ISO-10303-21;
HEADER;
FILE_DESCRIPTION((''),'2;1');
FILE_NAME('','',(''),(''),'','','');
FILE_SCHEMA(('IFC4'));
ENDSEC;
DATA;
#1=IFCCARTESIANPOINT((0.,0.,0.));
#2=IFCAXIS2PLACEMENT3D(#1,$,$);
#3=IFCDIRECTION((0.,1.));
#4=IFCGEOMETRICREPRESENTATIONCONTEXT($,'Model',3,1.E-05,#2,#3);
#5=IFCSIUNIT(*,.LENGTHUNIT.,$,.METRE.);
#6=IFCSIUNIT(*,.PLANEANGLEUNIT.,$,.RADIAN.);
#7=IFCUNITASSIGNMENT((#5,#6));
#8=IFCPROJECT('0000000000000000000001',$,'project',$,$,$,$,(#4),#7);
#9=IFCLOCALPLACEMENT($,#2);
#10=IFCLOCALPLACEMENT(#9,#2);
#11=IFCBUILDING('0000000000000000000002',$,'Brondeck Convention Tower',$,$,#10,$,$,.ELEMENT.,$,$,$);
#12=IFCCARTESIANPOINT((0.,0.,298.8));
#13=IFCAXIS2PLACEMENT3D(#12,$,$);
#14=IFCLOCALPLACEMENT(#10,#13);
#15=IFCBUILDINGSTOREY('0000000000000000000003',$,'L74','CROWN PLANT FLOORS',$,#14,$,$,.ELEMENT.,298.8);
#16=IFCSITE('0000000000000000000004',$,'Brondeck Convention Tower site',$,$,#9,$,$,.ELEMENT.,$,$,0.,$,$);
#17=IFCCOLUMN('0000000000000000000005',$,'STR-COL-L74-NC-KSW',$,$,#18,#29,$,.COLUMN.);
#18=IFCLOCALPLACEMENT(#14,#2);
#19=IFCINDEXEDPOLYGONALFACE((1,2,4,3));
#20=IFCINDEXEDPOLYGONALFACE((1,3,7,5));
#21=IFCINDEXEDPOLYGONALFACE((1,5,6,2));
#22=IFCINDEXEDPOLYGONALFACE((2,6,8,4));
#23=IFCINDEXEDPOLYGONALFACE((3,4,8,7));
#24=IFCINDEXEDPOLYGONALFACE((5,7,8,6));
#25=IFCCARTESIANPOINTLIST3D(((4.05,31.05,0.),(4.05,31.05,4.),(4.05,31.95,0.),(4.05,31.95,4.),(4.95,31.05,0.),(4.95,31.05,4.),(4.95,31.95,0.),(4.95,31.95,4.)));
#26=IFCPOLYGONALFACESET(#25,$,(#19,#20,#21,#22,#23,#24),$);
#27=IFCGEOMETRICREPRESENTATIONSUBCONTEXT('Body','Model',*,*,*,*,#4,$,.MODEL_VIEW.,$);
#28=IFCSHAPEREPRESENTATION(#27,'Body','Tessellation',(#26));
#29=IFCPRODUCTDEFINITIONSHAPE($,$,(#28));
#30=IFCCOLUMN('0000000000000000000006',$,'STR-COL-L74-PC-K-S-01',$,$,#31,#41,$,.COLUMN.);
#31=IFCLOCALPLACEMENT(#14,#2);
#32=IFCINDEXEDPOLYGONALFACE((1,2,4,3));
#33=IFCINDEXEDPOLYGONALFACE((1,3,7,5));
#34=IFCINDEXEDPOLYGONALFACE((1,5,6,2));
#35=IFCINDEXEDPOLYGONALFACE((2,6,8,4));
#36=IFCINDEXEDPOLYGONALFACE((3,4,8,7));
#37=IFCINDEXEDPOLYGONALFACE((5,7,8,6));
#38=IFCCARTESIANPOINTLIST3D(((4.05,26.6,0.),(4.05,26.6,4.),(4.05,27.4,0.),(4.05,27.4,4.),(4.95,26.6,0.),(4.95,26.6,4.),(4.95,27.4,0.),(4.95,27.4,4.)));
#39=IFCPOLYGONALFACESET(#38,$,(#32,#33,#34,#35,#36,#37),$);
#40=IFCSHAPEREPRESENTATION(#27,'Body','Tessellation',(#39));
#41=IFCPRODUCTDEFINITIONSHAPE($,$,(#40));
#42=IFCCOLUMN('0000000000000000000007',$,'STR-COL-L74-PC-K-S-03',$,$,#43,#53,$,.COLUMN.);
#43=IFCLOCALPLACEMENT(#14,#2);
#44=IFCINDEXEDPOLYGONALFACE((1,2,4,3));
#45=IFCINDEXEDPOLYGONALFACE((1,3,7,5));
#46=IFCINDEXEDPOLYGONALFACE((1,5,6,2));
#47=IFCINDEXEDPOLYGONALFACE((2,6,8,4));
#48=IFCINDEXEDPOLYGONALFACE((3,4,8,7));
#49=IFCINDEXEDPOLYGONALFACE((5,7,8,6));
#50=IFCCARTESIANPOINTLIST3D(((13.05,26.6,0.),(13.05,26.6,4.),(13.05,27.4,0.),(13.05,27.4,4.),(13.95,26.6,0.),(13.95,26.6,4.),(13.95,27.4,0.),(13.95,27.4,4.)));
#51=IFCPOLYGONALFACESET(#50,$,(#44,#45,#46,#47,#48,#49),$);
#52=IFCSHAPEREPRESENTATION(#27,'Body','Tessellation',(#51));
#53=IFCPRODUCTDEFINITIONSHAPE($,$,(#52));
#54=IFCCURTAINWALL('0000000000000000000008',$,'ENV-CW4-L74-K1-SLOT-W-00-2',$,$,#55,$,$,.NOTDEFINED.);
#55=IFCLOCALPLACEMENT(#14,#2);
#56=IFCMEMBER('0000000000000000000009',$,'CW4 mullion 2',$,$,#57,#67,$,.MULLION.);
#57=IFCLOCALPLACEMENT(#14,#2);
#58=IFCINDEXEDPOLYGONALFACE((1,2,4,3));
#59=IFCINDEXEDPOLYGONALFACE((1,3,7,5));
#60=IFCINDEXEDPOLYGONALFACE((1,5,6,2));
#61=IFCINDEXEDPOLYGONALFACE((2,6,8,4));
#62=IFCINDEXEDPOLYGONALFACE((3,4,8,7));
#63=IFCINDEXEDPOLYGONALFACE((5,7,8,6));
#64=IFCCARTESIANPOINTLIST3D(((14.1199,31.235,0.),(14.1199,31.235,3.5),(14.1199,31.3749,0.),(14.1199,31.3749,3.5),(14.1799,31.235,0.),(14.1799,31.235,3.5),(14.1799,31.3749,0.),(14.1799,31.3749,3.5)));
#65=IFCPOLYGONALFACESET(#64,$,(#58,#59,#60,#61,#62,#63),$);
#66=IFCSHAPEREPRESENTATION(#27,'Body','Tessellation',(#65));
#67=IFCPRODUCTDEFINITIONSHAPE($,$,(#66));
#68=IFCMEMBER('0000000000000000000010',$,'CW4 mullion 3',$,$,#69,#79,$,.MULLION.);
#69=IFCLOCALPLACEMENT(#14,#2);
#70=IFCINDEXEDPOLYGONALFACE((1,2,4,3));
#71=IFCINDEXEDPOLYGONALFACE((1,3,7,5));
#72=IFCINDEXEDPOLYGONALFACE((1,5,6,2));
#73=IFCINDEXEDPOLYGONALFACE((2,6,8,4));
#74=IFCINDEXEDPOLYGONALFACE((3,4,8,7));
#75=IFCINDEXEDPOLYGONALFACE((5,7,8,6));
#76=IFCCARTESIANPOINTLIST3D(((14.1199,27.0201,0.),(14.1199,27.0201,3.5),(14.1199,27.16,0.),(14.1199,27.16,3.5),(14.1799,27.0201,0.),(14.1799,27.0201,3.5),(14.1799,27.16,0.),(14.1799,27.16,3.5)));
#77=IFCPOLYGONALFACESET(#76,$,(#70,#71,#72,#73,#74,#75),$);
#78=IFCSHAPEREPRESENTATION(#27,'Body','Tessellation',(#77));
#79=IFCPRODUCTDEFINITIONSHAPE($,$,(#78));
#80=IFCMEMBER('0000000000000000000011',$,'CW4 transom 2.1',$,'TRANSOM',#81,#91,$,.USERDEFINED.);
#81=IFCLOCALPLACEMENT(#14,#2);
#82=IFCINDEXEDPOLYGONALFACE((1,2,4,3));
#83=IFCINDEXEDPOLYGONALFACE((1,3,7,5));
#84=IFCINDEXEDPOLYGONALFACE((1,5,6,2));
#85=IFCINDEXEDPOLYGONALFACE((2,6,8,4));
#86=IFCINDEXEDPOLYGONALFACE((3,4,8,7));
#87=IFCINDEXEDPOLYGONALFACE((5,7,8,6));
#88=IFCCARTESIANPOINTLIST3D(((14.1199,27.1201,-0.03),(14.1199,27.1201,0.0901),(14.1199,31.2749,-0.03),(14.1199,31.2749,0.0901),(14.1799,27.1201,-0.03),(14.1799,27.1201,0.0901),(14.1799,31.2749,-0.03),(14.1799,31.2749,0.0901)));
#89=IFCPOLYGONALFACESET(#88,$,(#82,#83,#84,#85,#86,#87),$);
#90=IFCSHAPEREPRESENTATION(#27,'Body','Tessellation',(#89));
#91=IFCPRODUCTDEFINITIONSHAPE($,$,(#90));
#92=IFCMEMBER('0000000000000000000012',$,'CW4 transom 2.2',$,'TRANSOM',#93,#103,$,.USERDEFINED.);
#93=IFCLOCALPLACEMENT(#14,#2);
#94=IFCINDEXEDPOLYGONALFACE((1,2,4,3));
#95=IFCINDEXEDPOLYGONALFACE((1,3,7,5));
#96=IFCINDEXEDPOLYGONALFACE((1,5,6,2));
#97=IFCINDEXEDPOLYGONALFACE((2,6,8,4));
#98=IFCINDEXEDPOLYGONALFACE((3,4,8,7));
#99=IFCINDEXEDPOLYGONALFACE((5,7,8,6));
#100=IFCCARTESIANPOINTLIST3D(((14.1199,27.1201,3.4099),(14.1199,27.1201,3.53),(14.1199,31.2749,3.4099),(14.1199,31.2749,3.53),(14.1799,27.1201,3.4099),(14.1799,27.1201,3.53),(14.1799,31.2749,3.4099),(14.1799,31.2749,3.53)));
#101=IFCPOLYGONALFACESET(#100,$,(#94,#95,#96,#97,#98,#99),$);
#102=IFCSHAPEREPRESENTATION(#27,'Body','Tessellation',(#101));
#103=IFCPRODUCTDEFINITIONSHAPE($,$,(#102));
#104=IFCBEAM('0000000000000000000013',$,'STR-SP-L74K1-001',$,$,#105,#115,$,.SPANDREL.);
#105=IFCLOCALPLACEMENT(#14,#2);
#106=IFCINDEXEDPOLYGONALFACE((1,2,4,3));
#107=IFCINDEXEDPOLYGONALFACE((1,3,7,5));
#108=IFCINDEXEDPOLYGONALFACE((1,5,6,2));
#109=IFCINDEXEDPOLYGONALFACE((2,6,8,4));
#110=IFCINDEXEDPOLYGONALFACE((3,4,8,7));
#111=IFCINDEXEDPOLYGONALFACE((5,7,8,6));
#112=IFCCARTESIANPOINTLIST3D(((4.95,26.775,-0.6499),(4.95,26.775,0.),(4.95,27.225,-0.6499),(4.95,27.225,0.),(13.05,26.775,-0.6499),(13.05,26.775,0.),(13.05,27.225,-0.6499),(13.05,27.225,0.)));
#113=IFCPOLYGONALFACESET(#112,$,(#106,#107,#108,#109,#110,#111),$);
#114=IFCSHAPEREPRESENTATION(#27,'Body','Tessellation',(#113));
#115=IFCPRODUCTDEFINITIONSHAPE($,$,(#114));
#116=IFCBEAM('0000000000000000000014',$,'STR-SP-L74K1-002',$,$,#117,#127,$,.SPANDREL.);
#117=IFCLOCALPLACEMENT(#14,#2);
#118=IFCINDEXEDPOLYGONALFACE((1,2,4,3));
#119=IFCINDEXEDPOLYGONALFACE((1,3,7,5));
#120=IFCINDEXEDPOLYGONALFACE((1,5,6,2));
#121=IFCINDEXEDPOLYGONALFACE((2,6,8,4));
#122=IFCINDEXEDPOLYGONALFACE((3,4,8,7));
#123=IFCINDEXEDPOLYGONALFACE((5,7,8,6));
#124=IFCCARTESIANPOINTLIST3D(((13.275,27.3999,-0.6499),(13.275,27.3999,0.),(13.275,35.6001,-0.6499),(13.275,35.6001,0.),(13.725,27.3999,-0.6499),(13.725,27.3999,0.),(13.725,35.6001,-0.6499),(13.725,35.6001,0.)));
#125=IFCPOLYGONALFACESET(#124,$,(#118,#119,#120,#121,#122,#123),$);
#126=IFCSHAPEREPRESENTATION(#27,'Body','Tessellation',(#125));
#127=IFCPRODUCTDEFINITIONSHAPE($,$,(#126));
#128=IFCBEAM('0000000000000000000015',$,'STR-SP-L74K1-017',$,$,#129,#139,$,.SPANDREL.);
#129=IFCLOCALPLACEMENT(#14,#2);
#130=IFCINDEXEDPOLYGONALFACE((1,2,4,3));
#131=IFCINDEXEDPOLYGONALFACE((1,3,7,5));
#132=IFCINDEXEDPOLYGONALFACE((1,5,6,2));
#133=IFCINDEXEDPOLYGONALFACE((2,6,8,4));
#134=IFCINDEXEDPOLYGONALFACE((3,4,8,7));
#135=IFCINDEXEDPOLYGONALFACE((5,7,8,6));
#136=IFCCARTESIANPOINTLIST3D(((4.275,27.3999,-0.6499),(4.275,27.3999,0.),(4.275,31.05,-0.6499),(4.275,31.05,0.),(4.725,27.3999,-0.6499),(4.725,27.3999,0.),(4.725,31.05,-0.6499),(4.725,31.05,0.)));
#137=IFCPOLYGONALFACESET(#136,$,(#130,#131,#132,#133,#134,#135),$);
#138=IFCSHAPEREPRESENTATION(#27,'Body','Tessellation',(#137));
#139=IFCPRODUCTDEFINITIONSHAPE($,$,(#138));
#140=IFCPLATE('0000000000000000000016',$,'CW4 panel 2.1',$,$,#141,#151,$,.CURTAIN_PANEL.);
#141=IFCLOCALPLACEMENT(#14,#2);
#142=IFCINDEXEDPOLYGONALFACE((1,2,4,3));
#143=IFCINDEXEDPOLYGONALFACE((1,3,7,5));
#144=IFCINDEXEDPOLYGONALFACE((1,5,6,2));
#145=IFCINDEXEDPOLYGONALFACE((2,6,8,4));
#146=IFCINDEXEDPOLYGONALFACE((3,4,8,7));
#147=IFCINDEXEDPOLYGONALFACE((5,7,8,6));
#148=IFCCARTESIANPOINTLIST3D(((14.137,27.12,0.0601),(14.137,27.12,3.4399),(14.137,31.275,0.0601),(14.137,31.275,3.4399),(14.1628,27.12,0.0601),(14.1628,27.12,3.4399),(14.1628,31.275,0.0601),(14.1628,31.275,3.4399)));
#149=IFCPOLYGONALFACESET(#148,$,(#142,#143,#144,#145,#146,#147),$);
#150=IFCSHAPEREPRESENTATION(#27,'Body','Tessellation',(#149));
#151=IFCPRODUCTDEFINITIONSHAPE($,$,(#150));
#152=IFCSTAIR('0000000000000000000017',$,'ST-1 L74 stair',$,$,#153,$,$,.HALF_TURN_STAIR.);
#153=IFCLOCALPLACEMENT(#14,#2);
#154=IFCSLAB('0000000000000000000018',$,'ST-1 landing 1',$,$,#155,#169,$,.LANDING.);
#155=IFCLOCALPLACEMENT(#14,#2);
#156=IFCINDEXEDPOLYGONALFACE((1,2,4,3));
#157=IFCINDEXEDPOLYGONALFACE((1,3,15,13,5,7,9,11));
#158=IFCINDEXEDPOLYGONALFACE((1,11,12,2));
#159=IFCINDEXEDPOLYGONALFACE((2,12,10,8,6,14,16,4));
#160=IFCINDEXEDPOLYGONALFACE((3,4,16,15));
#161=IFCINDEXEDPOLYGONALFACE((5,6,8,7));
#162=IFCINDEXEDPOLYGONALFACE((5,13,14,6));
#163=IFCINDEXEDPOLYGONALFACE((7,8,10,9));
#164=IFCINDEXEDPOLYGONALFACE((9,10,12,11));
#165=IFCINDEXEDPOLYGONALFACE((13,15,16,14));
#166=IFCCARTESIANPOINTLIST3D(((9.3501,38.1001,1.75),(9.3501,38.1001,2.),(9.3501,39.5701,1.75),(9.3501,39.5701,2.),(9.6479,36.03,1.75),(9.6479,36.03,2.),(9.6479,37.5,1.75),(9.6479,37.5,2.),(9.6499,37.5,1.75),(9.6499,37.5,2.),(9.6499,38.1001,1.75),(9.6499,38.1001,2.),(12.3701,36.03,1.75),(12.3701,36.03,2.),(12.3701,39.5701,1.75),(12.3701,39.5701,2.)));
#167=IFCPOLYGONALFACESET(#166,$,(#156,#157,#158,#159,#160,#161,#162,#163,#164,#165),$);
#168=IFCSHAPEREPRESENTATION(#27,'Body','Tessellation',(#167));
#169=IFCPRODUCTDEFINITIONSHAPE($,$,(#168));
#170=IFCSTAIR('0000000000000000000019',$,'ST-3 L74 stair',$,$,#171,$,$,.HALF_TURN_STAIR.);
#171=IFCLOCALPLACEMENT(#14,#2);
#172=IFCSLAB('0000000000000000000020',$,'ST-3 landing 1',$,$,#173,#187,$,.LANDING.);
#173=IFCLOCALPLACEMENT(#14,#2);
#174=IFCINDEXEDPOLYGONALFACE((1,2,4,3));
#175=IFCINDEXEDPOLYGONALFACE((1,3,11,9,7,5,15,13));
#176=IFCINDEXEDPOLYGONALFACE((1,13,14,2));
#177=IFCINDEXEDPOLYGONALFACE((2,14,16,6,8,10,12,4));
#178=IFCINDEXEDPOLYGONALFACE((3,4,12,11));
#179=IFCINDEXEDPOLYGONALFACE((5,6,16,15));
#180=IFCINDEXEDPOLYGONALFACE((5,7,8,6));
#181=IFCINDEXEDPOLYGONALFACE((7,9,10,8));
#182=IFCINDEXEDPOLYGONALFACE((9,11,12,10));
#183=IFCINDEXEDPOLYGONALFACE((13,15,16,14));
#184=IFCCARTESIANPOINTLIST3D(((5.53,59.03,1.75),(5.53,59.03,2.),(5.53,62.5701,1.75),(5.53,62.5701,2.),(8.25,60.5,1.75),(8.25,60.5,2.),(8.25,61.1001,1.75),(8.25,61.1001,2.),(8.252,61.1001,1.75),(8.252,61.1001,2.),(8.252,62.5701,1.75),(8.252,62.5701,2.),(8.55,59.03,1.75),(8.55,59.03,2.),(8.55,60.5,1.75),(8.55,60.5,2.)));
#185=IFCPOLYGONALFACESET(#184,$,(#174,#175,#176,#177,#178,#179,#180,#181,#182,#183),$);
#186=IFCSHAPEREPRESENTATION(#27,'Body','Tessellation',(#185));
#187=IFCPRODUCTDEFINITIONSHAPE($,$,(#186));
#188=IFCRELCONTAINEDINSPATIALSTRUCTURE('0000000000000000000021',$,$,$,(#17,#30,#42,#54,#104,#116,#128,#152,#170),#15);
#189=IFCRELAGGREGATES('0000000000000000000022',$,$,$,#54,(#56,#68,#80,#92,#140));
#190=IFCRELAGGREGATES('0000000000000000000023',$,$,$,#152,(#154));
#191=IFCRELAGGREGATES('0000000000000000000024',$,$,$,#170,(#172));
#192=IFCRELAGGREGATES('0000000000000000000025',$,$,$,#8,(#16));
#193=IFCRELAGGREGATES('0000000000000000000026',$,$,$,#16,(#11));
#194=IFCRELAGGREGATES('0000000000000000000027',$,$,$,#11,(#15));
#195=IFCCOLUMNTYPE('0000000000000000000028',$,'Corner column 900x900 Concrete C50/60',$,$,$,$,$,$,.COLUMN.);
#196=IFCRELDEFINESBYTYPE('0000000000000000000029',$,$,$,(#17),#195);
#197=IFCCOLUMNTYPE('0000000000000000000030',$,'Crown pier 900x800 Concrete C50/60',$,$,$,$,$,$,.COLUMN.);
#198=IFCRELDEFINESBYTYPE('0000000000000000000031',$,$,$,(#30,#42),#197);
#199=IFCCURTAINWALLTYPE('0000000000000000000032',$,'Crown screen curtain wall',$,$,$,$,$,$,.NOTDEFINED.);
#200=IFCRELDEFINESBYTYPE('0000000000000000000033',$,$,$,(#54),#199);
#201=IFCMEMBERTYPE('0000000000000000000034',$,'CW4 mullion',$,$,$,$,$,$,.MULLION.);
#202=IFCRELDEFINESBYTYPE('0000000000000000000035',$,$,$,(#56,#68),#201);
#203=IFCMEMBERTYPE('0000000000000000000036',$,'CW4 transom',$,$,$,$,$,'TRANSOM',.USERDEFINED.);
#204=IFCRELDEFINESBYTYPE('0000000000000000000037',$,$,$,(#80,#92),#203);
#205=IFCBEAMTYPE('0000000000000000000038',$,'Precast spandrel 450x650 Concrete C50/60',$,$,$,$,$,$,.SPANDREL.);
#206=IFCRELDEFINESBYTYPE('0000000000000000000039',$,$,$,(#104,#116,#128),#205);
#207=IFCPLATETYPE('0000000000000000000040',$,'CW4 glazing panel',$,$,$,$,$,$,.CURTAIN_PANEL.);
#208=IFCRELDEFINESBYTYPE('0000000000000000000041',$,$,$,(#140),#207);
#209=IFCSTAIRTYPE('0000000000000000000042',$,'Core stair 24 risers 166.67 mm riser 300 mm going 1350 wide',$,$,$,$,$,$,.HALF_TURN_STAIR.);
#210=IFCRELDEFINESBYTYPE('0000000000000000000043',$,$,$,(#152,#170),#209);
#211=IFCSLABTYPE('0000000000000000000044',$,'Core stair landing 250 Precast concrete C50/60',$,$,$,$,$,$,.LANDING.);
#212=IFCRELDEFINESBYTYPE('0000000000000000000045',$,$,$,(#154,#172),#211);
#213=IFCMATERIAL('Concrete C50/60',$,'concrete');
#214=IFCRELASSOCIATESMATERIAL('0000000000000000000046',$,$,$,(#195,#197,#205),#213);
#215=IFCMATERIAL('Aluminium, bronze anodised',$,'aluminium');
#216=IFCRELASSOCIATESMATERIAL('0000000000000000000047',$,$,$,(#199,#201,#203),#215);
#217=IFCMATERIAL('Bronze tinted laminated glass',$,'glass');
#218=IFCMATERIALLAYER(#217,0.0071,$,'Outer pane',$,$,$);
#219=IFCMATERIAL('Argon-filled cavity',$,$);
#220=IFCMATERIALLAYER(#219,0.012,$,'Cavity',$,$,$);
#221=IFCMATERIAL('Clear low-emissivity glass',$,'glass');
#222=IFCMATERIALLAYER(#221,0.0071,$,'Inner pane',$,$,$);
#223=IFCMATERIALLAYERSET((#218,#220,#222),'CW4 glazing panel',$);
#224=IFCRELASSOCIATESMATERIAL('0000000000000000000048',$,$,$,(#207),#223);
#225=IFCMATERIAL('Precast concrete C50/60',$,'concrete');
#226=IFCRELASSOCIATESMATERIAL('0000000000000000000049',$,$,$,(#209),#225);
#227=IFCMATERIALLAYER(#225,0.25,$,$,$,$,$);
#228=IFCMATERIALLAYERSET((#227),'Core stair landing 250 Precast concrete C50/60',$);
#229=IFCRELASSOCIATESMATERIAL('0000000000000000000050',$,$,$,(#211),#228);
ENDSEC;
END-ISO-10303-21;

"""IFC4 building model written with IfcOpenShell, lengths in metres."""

from ifc_helpers import new_model, si_unit, direction, frame, origin, origin_2d, place, context, subcontext, project, spatial, polyline, rectangle, outline, extrude, material, layer, layer_set, material_profile, profile_set, type_object, element, aggregate, save


model = new_model("IFC4")

# Units and contexts
model_context = context("Model", 3, precision=1e-05, world=origin(), true_north=direction((0.0, 1.0)))
body_context = subcontext(model_context, "Body", "Model", "MODEL_VIEW")
ifc_project = project(units=[si_unit("LENGTHUNIT", "METRE"), si_unit("PLANEANGLEUNIT", "RADIAN")], contexts=[model_context])

# Site, building, storey
site_placement = place(None, origin())
site = spatial("IfcSite", under=ifc_project, at=site_placement, Name="Brondeck Convention Tower site", CompositionType="ELEMENT", RefElevation=0.0)
building_placement = place(site_placement, origin())
building = spatial("IfcBuilding", under=site, at=building_placement, Name="Brondeck Convention Tower", CompositionType="ELEMENT")
storey_placement = place(building_placement, frame((0.0, 0.0, 298.8)))
storey = spatial("IfcBuildingStorey", under=building, at=storey_placement, Name="L74", Description="CROWN PLANT FLOORS", CompositionType="ELEMENT", Elevation=298.8)

# Columns
ifc_material_1 = material(Name="Concrete C50/60", Category="concrete")
ifc_material_profile_1 = material_profile(ifc_material_1, rectangle(XDim=0.8999, YDim=0.8999, at=origin_2d()), Name="Corner column 900x900 Concrete C50/60")
ifc_profile_set_1 = profile_set([ifc_material_profile_1], Name="Concrete C50/60")
column_type_1 = type_object("IfcColumnType", Name="Corner column 900x900 Concrete C50/60", PredefinedType="COLUMN", material=ifc_profile_set_1)
column_placement = place(storey_placement, frame((4.5, 31.5, 0.0), z_axis=(0.0, 0.0, 1.0), x_axis=(1.0, 0.0, 0.0)))
element("IfcColumn", 1, at=column_placement, inside=storey, type_object=column_type_1, Name="STR-COL-L74-NC-KSW", PredefinedType="COLUMN", context=body_context, shape_type="SweptSolid", body=[
    extrude(rectangle(XDim=0.8999, YDim=0.8999, at=origin_2d()), origin(), (0.0, 0.0, 1.0), 4.0),
])
ifc_material_profile_2 = material_profile(ifc_material_1, rectangle(XDim=0.8999, YDim=0.8, at=origin_2d()), Name="Crown pier 900x800 Concrete C50/60")
ifc_profile_set_2 = profile_set([ifc_material_profile_2], Name="Concrete C50/60")
column_type_2 = type_object("IfcColumnType", Name="Crown pier 900x800 Concrete C50/60", PredefinedType="COLUMN", material=ifc_profile_set_2)
for number, where, z_axis, x_axis, name in (
    (2, (4.5, 27.0, 0.0), (0.0, 0.0, 1.0), (1.0, 0.0, 0.0), "STR-COL-L74-PC-K-S-01"),
    (3, (13.5, 27.0, 0.0), (0.0, 0.0, 1.0), (1.0, 0.0, 0.0), "STR-COL-L74-PC-K-S-03"),
):
    element("IfcColumn", number, at=place(storey_placement, frame(where, z_axis=z_axis, x_axis=x_axis)), inside=storey, type_object=column_type_2, Name=name, PredefinedType="COLUMN", context=body_context, shape_type="SweptSolid", body=[
        extrude(rectangle(XDim=0.8999, YDim=0.8, at=origin_2d()), origin(), (0.0, 0.0, 1.0), 4.0),
    ])

# Curtain wall, members
ifc_material_2 = material(Name="Aluminium, bronze anodised", Category="aluminium")
curtain_wall_type = type_object("IfcCurtainWallType", Name="Crown screen curtain wall", PredefinedType="NOTDEFINED", material=ifc_material_2)
curtain_wall_placement = place(storey_placement, origin())
curtain_wall = element("IfcCurtainWall", 4, at=curtain_wall_placement, inside=storey, type_object=curtain_wall_type, Name="ENV-CW4-L74-K1-SLOT-W-00-2", PredefinedType="NOTDEFINED")
ifc_material_profile_3 = material_profile(ifc_material_2, rectangle(XDim=0.0601, YDim=0.1399, at=origin_2d()), Name="CW4 mullion")
ifc_profile_set_3 = profile_set([ifc_material_profile_3], Name="Aluminium, bronze anodised")
member_type_1 = type_object("IfcMemberType", Name="CW4 mullion", PredefinedType="MULLION", material=ifc_profile_set_3)
member_1_placement = place(storey_placement, frame((14.1499, 31.3049, 0.0), z_axis=(0.0, 0.0, 1.0), x_axis=(1.0, 0.0, 0.0)))
member_1 = element("IfcMember", 5, at=member_1_placement, type_object=member_type_1, Name="CW4 mullion 2", PredefinedType="MULLION", context=body_context, shape_type="SweptSolid", body=[
    extrude(rectangle(XDim=0.0601, YDim=0.1399, at=origin_2d()), origin(), (0.0, 0.0, 1.0), 3.5),
])
member_2_placement = place(storey_placement, frame((14.1499, 27.0901, 0.0), z_axis=(0.0, 0.0, 1.0), x_axis=(1.0, 0.0, 0.0)))
member_2 = element("IfcMember", 6, at=member_2_placement, type_object=member_type_1, Name="CW4 mullion 3", PredefinedType="MULLION", context=body_context, shape_type="SweptSolid", body=[
    extrude(rectangle(XDim=0.0601, YDim=0.1399, at=origin_2d()), origin(), (0.0, 0.0, 1.0), 3.5),
])
ifc_material_profile_4 = material_profile(ifc_material_2, rectangle(XDim=0.0601, YDim=0.1201, at=origin_2d()), Name="CW4 transom")
ifc_profile_set_4 = profile_set([ifc_material_profile_4], Name="Aluminium, bronze anodised")
member_type_2 = type_object("IfcMemberType", Name="CW4 transom", ElementType="TRANSOM", PredefinedType="USERDEFINED", material=ifc_profile_set_4)
member_3_placement = place(storey_placement, frame((14.1499, 31.2749, 0.03), z_axis=(0.0, -1.0, 0.0), x_axis=(1.0, 0.0, 0.0)))
member_3 = element("IfcMember", 7, at=member_3_placement, type_object=member_type_2, Name="CW4 transom 2.1", ObjectType="TRANSOM", PredefinedType="USERDEFINED", context=body_context, shape_type="SweptSolid", body=[
    extrude(rectangle(XDim=0.0601, YDim=0.1201, at=origin_2d()), origin(), (0.0, 0.0, 1.0), 4.1548),
])
member_4_placement = place(storey_placement, frame((14.1499, 31.2749, 3.47), z_axis=(0.0, -1.0, 0.0), x_axis=(1.0, 0.0, 0.0)))
member_4 = element("IfcMember", 8, at=member_4_placement, type_object=member_type_2, Name="CW4 transom 2.2", ObjectType="TRANSOM", PredefinedType="USERDEFINED", context=body_context, shape_type="SweptSolid", body=[
    extrude(rectangle(XDim=0.0601, YDim=0.1201, at=origin_2d()), origin(), (0.0, 0.0, 1.0), 4.1548),
])

# Beams
ifc_material_profile_5 = material_profile(ifc_material_1, rectangle(XDim=0.45, YDim=0.6499, at=origin_2d()), Name="Precast spandrel 450x650 Concrete C50/60")
ifc_profile_set_5 = profile_set([ifc_material_profile_5], Name="Concrete C50/60")
beam_type = type_object("IfcBeamType", Name="Precast spandrel 450x650 Concrete C50/60", PredefinedType="SPANDREL", material=ifc_profile_set_5)
beam_1_placement = place(storey_placement, frame((4.95, 27.0, -0.325), z_axis=(1.0, 0.0, 0.0), x_axis=(0.0, 1.0, 0.0)))
element("IfcBeam", 9, at=beam_1_placement, inside=storey, type_object=beam_type, Name="STR-SP-L74K1-001", PredefinedType="SPANDREL", context=body_context, shape_type="SweptSolid", body=[
    extrude(rectangle(XDim=0.45, YDim=0.6499, at=origin_2d()), origin(), (0.0, 0.0, 1.0), 8.1001),
])
beam_2_placement = place(storey_placement, frame((13.5, 27.3999, -0.325), z_axis=(0.0, 1.0, 0.0), x_axis=(-1.0, 0.0, 0.0)))
element("IfcBeam", 10, at=beam_2_placement, inside=storey, type_object=beam_type, Name="STR-SP-L74K1-002", PredefinedType="SPANDREL", context=body_context, shape_type="SweptSolid", body=[
    extrude(rectangle(XDim=0.45, YDim=0.6499, at=origin_2d()), origin(), (0.0, 0.0, 1.0), 8.2002),
])
beam_3_placement = place(storey_placement, frame((4.5, 31.05, -0.325), z_axis=(0.0, -1.0, 0.0), x_axis=(1.0, 0.0, 0.0)))
element("IfcBeam", 11, at=beam_3_placement, inside=storey, type_object=beam_type, Name="STR-SP-L74K1-017", PredefinedType="SPANDREL", context=body_context, shape_type="SweptSolid", body=[
    extrude(rectangle(XDim=0.45, YDim=0.6499, at=origin_2d()), origin(), (0.0, 0.0, 1.0), 3.6501),
])

# Plate
ifc_material_3 = material(Name="Bronze tinted laminated glass", Category="glass")
ifc_layer_1 = layer(ifc_material_3, 0.0071, Name="Outer pane")
ifc_material_4 = material(Name="Argon-filled cavity")
ifc_layer_2 = layer(ifc_material_4, 0.012, Name="Cavity")
ifc_material_5 = material(Name="Clear low-emissivity glass", Category="glass")
ifc_layer_3 = layer(ifc_material_5, 0.0071, Name="Inner pane")
ifc_layer_set_1 = layer_set([ifc_layer_1, ifc_layer_2, ifc_layer_3], Name="CW4 glazing panel")
plate_type = type_object("IfcPlateType", Name="CW4 glazing panel", PredefinedType="CURTAIN_PANEL", material=ifc_layer_set_1)
plate_placement = place(storey_placement, frame((14.1499, 29.1975, 0.0601), z_axis=(0.0, 0.0, 1.0), x_axis=(0.0, -1.0, 0.0)))
plate = element("IfcPlate", 12, at=plate_placement, type_object=plate_type, Name="CW4 panel 2.1", PredefinedType="CURTAIN_PANEL", context=body_context, shape_type="SweptSolid", body=[
    extrude(rectangle(XDim=4.155, YDim=0.0259, at=origin_2d()), origin(), (0.0, 0.0, 1.0), 3.3799),
])
aggregate(curtain_wall, [member_1, member_2, member_3, member_4, plate])

# Stairs, slabs
ifc_material_6 = material(Name="Precast concrete C50/60", Category="concrete")
stair_type = type_object("IfcStairType", Name="Core stair 24 risers 166.67 mm riser 300 mm going 1350 wide", PredefinedType="HALF_TURN_STAIR", material=ifc_material_6)
stair_1_placement = place(storey_placement, origin())
stair_1 = element("IfcStair", 13, at=stair_1_placement, inside=storey, type_object=stair_type, Name="ST-1 L74 stair", PredefinedType="HALF_TURN_STAIR")
ifc_layer_4 = layer(ifc_material_6, 0.25)
ifc_layer_set_2 = layer_set([ifc_layer_4], Name="Core stair landing 250 Precast concrete C50/60")
slab_type = type_object("IfcSlabType", Name="Core stair landing 250 Precast concrete C50/60", PredefinedType="LANDING", material=ifc_layer_set_2)
slab_1_placement = place(storey_placement, frame((0.0, 0.0, 1.75)))
slab_1 = element("IfcSlab", 14, at=slab_1_placement, type_object=slab_type, Name="ST-1 landing 1", PredefinedType="LANDING", context=body_context, shape_type="SweptSolid", body=[
    extrude(outline(polyline([(9.6479, 37.5), (9.6499, 37.5), (9.6499, 38.1001), (9.3501, 38.1001), (9.3501, 39.5701), (12.3701, 39.5701), (12.3701, 36.03), (9.6479, 36.03), (9.6479, 37.5)])), origin(), (0.0, 0.0, 1.0), 0.25),
])
aggregate(stair_1, [slab_1])
stair_2_placement = place(storey_placement, origin())
stair_2 = element("IfcStair", 15, at=stair_2_placement, inside=storey, type_object=stair_type, Name="ST-3 L74 stair", PredefinedType="HALF_TURN_STAIR")
slab_2_placement = place(storey_placement, frame((0.0, 0.0, 1.75)))
slab_2 = element("IfcSlab", 16, at=slab_2_placement, type_object=slab_type, Name="ST-3 landing 1", PredefinedType="LANDING", context=body_context, shape_type="SweptSolid", body=[
    extrude(outline(polyline([(8.55, 60.5), (8.55, 59.03), (5.53, 59.03), (5.53, 62.5701), (8.252, 62.5701), (8.252, 61.1001), (8.25, 61.1001), (8.25, 60.5), (8.55, 60.5)])), origin(), (0.0, 0.0, 1.0), 0.25),
])
aggregate(stair_2, [slab_2])

save(model, "model.ifc")
